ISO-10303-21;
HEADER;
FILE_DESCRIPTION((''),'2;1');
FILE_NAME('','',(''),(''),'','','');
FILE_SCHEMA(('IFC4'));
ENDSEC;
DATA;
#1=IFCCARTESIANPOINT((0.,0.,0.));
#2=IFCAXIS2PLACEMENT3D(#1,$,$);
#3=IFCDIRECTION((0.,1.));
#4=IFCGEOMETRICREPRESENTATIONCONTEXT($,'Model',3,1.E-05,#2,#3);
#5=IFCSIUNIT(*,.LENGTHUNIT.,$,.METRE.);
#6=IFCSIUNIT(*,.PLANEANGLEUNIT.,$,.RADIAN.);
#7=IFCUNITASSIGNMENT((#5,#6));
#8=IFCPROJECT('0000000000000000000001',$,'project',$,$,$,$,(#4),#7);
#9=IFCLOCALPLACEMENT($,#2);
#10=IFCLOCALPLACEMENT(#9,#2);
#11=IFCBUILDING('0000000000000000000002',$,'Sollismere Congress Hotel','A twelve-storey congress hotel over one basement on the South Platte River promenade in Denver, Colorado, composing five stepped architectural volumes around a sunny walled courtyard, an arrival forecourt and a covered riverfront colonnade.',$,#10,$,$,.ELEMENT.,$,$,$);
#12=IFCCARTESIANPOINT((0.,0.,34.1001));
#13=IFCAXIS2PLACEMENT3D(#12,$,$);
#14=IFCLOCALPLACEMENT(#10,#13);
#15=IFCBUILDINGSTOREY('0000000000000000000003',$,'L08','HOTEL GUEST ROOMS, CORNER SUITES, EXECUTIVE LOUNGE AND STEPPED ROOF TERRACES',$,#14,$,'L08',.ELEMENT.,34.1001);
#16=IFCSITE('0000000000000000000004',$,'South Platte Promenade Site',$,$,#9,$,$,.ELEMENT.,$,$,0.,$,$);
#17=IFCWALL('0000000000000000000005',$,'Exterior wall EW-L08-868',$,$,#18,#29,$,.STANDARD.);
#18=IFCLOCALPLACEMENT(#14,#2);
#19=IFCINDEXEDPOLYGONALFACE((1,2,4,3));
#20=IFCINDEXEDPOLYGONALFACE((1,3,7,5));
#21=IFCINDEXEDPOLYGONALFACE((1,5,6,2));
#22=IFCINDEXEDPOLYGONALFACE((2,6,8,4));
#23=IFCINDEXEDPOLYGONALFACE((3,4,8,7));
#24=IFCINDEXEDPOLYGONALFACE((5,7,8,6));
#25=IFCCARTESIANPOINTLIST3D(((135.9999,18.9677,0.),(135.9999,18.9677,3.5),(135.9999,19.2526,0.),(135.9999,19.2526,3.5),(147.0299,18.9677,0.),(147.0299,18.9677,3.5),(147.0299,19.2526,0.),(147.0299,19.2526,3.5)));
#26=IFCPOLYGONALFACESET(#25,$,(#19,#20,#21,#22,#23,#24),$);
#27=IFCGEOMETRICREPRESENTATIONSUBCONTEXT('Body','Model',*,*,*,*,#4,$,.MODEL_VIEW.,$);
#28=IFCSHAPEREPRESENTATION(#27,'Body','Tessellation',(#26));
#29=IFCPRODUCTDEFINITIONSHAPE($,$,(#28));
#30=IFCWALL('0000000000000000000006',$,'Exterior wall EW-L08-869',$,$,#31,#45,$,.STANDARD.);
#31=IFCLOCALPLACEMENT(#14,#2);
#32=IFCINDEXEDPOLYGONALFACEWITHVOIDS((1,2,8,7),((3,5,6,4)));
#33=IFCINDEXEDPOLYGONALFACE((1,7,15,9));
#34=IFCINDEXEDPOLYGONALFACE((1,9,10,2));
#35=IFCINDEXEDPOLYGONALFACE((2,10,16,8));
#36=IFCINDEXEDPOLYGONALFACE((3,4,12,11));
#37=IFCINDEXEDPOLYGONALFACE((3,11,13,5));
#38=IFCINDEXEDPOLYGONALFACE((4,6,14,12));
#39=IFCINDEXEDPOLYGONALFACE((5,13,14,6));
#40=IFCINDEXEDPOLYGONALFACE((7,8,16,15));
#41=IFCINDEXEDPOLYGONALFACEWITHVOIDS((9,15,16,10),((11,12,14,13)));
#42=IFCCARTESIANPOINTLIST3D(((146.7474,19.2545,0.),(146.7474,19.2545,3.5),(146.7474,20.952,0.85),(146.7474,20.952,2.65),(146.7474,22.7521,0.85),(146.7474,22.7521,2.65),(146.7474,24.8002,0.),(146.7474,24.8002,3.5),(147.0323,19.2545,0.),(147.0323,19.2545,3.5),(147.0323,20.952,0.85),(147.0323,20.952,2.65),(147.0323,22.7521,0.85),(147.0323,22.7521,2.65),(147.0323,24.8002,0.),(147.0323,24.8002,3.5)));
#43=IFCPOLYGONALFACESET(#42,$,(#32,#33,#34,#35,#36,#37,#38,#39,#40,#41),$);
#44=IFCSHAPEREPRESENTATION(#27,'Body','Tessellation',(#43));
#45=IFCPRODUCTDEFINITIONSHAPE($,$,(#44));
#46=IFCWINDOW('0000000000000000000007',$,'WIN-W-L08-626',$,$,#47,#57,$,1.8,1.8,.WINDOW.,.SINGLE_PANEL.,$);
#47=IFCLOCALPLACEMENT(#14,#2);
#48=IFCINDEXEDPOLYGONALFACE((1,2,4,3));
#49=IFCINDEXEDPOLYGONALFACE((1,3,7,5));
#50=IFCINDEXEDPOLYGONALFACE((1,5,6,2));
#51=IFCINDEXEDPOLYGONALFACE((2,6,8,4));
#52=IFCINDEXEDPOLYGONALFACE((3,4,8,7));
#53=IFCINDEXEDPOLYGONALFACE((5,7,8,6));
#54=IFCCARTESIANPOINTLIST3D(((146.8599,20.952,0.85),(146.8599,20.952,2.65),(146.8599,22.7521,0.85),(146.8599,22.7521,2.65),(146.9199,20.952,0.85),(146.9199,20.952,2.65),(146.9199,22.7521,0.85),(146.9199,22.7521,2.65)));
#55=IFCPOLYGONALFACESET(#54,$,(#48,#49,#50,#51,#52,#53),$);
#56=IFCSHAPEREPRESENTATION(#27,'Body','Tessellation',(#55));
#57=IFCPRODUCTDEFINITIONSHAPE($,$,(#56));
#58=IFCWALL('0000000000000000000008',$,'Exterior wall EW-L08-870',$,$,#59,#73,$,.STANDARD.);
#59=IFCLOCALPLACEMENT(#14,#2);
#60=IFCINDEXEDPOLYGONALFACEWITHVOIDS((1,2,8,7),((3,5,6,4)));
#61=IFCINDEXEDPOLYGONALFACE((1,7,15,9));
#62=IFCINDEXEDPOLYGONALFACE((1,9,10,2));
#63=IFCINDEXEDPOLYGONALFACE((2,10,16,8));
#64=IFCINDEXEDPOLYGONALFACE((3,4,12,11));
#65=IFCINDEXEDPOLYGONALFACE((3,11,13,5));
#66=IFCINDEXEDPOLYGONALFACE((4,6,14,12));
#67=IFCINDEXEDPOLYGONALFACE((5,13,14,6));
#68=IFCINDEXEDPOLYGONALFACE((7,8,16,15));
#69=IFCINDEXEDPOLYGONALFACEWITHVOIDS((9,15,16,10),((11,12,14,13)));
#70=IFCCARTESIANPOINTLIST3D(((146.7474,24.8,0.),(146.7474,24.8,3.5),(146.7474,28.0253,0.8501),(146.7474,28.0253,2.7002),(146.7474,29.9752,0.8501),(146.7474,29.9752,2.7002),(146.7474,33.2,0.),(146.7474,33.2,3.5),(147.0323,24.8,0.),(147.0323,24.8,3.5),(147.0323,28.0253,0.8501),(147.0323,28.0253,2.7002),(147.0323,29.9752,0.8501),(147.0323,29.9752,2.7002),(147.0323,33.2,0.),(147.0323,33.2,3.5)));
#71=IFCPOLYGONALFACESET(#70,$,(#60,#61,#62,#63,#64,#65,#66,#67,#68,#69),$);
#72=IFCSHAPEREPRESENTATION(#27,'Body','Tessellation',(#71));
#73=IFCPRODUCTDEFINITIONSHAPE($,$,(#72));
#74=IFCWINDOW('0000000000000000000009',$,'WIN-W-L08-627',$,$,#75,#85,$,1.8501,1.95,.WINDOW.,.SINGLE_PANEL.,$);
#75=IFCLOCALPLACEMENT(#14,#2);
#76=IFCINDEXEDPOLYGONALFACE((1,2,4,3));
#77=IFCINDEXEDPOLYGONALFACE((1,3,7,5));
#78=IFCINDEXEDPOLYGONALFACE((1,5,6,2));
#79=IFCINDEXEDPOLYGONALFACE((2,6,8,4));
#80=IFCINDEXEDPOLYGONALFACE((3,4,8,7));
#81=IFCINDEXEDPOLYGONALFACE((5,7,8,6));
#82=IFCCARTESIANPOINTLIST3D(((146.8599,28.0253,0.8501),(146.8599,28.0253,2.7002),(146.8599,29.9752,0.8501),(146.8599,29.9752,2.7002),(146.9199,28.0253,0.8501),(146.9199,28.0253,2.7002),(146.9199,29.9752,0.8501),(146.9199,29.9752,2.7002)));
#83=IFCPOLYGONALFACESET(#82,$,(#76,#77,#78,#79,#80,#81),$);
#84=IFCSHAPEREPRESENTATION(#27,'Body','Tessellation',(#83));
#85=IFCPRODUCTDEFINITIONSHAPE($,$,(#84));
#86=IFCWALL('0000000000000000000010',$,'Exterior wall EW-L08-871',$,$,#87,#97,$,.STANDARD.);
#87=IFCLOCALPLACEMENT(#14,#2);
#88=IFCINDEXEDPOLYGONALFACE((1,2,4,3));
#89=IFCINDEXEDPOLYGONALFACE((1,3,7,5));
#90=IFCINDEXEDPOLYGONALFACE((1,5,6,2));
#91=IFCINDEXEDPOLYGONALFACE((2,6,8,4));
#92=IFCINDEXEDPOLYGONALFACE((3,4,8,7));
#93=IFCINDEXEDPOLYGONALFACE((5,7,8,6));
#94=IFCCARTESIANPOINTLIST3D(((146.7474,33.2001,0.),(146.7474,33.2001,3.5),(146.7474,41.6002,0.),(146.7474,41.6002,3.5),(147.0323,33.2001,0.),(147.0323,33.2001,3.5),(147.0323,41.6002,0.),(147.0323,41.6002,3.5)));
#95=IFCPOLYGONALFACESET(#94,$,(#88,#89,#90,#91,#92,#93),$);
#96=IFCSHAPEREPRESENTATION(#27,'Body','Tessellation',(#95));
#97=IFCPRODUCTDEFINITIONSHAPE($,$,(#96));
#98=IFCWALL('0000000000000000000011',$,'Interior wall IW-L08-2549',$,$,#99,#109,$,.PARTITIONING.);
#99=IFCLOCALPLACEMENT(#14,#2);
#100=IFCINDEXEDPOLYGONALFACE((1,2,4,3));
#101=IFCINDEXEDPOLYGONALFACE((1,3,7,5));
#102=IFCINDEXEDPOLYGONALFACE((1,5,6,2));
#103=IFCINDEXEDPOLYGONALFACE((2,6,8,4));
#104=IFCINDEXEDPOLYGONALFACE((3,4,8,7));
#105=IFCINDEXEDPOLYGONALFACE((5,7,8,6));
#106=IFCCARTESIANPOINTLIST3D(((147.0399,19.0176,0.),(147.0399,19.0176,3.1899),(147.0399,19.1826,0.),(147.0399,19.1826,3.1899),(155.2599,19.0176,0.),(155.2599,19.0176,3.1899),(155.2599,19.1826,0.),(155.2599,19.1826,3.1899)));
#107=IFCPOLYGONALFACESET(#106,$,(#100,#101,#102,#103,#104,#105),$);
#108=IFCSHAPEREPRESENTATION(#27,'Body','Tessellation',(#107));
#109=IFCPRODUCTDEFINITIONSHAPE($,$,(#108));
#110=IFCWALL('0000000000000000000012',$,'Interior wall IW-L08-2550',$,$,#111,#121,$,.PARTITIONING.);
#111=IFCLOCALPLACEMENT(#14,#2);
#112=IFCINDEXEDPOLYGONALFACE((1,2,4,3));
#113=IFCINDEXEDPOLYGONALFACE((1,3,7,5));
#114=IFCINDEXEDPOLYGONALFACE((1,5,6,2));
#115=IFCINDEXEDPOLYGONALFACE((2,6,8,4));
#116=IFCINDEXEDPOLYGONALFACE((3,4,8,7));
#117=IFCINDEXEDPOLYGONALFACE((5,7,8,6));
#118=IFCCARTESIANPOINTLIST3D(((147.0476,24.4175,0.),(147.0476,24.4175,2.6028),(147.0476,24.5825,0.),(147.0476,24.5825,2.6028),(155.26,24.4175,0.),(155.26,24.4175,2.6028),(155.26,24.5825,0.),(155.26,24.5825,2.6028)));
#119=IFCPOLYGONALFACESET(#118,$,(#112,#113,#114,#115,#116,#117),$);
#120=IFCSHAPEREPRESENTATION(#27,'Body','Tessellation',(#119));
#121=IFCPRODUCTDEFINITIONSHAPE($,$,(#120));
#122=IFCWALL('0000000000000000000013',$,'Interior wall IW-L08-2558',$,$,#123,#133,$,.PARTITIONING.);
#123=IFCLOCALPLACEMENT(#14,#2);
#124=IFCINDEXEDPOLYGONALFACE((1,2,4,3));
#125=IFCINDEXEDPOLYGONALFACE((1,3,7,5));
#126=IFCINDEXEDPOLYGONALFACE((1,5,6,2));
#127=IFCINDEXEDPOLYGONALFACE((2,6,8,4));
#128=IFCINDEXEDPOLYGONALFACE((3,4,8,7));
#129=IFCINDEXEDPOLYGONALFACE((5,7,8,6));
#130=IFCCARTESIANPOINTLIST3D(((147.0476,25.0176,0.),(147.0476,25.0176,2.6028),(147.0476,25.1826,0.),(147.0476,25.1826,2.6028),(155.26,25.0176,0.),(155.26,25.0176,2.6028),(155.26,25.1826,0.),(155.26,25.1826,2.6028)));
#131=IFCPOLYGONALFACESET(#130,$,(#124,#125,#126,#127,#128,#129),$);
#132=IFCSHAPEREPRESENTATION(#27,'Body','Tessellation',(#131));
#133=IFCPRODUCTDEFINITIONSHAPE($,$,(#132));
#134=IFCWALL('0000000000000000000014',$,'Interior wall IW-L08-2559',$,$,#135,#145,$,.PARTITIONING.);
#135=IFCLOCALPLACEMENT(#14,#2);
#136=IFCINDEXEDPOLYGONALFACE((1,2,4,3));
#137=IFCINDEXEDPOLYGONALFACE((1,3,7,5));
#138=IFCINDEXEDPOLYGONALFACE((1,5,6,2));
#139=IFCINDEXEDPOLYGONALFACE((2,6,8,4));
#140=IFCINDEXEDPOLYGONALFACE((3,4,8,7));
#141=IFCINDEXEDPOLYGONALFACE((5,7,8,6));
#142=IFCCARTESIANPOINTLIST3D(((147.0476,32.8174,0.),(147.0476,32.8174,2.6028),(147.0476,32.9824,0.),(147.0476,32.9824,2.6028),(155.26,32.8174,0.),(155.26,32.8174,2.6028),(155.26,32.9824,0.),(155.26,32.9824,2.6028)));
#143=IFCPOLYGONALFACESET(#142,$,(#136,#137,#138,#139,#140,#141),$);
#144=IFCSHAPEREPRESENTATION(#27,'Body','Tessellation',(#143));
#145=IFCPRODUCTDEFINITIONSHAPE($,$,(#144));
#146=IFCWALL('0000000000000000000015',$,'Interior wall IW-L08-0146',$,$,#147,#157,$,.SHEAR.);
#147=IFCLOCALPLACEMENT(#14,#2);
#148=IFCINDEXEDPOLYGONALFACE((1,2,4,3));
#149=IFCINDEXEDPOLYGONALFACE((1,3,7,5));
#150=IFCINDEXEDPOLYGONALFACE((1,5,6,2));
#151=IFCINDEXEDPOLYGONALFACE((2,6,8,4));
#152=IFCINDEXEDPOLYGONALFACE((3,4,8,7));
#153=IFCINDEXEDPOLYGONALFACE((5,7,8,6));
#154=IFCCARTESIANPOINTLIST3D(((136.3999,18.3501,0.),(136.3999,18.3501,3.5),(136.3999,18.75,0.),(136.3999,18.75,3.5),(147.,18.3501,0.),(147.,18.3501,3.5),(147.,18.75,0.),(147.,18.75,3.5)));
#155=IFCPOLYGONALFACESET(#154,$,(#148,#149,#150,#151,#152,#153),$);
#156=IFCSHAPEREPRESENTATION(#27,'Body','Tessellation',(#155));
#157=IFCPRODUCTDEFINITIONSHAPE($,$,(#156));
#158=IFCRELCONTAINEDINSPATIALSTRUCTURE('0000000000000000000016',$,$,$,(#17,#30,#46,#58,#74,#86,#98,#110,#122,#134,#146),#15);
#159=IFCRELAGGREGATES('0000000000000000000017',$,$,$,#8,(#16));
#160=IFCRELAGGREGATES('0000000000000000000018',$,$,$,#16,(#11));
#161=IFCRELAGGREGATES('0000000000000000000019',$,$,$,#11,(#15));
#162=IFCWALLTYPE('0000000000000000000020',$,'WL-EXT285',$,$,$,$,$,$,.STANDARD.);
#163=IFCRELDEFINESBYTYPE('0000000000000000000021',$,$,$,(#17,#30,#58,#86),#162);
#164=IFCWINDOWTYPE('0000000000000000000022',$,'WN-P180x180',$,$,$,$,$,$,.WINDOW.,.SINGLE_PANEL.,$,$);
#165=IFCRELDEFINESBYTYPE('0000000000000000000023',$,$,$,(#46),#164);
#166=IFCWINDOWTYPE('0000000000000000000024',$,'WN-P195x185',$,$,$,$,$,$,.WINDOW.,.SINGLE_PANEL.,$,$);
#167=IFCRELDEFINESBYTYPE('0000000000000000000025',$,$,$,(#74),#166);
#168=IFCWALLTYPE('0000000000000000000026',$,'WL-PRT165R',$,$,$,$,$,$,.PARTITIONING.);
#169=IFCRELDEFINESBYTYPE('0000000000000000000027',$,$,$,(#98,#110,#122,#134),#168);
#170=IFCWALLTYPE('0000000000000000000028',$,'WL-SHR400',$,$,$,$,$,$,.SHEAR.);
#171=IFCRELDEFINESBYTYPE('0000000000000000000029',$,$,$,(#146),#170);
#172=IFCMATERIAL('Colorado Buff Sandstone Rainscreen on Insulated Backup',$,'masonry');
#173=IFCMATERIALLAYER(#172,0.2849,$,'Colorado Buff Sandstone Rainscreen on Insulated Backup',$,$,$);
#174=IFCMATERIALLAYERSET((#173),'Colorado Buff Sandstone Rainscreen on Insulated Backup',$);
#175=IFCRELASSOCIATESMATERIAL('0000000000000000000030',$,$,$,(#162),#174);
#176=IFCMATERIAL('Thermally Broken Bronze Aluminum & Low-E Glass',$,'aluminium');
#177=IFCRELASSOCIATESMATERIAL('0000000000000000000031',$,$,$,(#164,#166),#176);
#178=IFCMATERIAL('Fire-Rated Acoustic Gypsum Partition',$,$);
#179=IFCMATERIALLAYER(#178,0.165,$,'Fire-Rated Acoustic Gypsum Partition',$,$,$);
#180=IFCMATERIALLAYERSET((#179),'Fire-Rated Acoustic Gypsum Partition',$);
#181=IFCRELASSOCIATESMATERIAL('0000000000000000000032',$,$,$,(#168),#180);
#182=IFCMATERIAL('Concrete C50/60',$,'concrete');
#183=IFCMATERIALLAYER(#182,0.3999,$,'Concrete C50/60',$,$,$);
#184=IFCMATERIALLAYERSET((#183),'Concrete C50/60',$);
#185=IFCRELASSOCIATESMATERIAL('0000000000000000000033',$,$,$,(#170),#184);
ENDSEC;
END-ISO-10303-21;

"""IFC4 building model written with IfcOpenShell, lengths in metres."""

from ifc_helpers import new_model, si_unit, direction, frame, frame_2d, origin, place, context, subcontext, project, spatial, rectangle, extrude, material, layer, layer_set, type_object, element, fill, save


model = new_model("IFC4")

# Units and contexts
model_context = context("Model", 3, precision=1e-05, world=origin(), true_north=direction((0.0, 1.0)))
body_context = subcontext(model_context, "Body", "Model", "MODEL_VIEW")
ifc_project = project(units=[si_unit("LENGTHUNIT", "METRE"), si_unit("PLANEANGLEUNIT", "RADIAN")], contexts=[model_context])

# Site, building, storey
site_placement = place(None, origin())
site = spatial("IfcSite", under=ifc_project, at=site_placement, Name="South Platte Promenade Site", CompositionType="ELEMENT", RefElevation=0.0)
building_placement = place(site_placement, origin())
building = spatial("IfcBuilding", under=site, at=building_placement, Name="Sollismere Congress Hotel", Description="A twelve-storey congress hotel over one basement on the South Platte River promenade in Denver, Colorado, composing five stepped architectural volumes around a sunny walled courtyard, an arrival forecourt and a covered riverfront colonnade.", CompositionType="ELEMENT")
storey_placement = place(building_placement, frame((0.0, 0.0, 34.1001)))
storey = spatial("IfcBuildingStorey", under=building, at=storey_placement, Name="L08", Description="HOTEL GUEST ROOMS, CORNER SUITES, EXECUTIVE LOUNGE AND STEPPED ROOF TERRACES", LongName="L08", CompositionType="ELEMENT", Elevation=34.1001)

# Shared definitions
ifc_material_1 = material(Name="Colorado Buff Sandstone Rainscreen on Insulated Backup", Category="masonry")
ifc_layer_1 = layer(ifc_material_1, 0.2849, Name="Colorado Buff Sandstone Rainscreen on Insulated Backup")
ifc_layer_set_1 = layer_set([ifc_layer_1], Name="Colorado Buff Sandstone Rainscreen on Insulated Backup")
wall_type_1 = type_object("IfcWallType", Name="WL-EXT285", PredefinedType="STANDARD", material=ifc_layer_set_1)
ifc_material_2 = material(Name="Thermally Broken Bronze Aluminum & Low-E Glass", Category="aluminium")

# Wall
wall_1_placement = place(storey_placement, frame((147.03, 19.1101, 0.0), z_axis=(0.0, 0.0, 1.0), x_axis=(-1.0, 0.0, 0.0)))
element("IfcWall", 1, at=wall_1_placement, inside=storey, type_object=wall_type_1, Name="Exterior wall EW-L08-868", PredefinedType="STANDARD", context=body_context, shape_type="SweptSolid", body=[
    extrude(rectangle(XDim=11.03, YDim=0.2849, at=frame_2d((5.5151, 0.0))), origin(), (0.0, 0.0, 1.0), 3.5),
])

# Walls, openings, windows
wall_2_placement = place(storey_placement, frame((146.8899, 19.2544, 0.0), z_axis=(0.0, 0.0, 1.0), x_axis=(0.0, 1.0, 0.0)))
wall_2 = element("IfcWall", 2, at=wall_2_placement, inside=storey, type_object=wall_type_1, Name="Exterior wall EW-L08-869", PredefinedType="STANDARD", context=body_context, shape_type="SweptSolid", body=[
    extrude(rectangle(XDim=5.5457, YDim=0.2849, at=frame_2d((2.7729, 0.0))), origin(), (0.0, 0.0, 1.0), 3.5),
])
opening_1_placement = place(wall_2_placement, frame((1.6978, 0.0, 0.8501)))
opening_1 = element("IfcOpeningElement", 3, at=opening_1_placement, cuts=wall_2, PredefinedType="OPENING", context=body_context, shape_type="SweptSolid", body=[
    extrude(rectangle(XDim=1.8, YDim=1.8, at=frame_2d((0.8999, 0.8999))), frame((0.0, 0.1523, 0.0), z_axis=(0.0, -1.0, 0.0), x_axis=(1.0, 0.0, 0.0)), (0.0, 0.0, 1.0), 0.3049),
])
window_type_1 = type_object("IfcWindowType", Name="WN-P180x180", PartitioningType="SINGLE_PANEL", PredefinedType="WINDOW", material=ifc_material_2)
window_1_placement = place(opening_1_placement, origin())
window_1 = element("IfcWindow", 4, at=window_1_placement, inside=storey, type_object=window_type_1, Name="WIN-W-L08-626", OverallHeight=1.8, OverallWidth=1.8, PartitioningType="SINGLE_PANEL", PredefinedType="WINDOW", context=body_context, shape_type="SweptSolid", body=[
    extrude(rectangle(XDim=1.8, YDim=1.8, at=frame_2d((0.8999, 0.8999))), frame((0.0, 0.03, 0.0), z_axis=(0.0, -1.0, 0.0), x_axis=(1.0, 0.0, 0.0)), (0.0, 0.0, 1.0), 0.0601),
])
fill(opening_1, window_1)
wall_3_placement = place(storey_placement, frame((146.8899, 24.8, 0.0), z_axis=(0.0, 0.0, 1.0), x_axis=(0.0, 1.0, 0.0)))
wall_3 = element("IfcWall", 5, at=wall_3_placement, inside=storey, type_object=wall_type_1, Name="Exterior wall EW-L08-870", PredefinedType="STANDARD", context=body_context, shape_type="SweptSolid", body=[
    extrude(rectangle(XDim=8.3999, YDim=0.2849, at=frame_2d((4.2, 0.0))), origin(), (0.0, 0.0, 1.0), 3.5),
])
opening_2_placement = place(wall_3_placement, frame((3.2251, 0.0, 0.8501)))
opening_2 = element("IfcOpeningElement", 6, at=opening_2_placement, cuts=wall_3, PredefinedType="OPENING", context=body_context, shape_type="SweptSolid", body=[
    extrude(rectangle(XDim=1.95, YDim=1.8501, at=frame_2d((0.9751, 0.925))), frame((0.0, 0.1523, 0.0), z_axis=(0.0, -1.0, 0.0), x_axis=(1.0, 0.0, 0.0)), (0.0, 0.0, 1.0), 0.3049),
])
window_type_2 = type_object("IfcWindowType", Name="WN-P195x185", PartitioningType="SINGLE_PANEL", PredefinedType="WINDOW", material=ifc_material_2)
window_2_placement = place(opening_2_placement, origin())
window_2 = element("IfcWindow", 7, at=window_2_placement, inside=storey, type_object=window_type_2, Name="WIN-W-L08-627", OverallHeight=1.8501, OverallWidth=1.95, PartitioningType="SINGLE_PANEL", PredefinedType="WINDOW", context=body_context, shape_type="SweptSolid", body=[
    extrude(rectangle(XDim=1.95, YDim=1.8501, at=frame_2d((0.9751, 0.925))), frame((0.0, 0.03, 0.0), z_axis=(0.0, -1.0, 0.0), x_axis=(1.0, 0.0, 0.0)), (0.0, 0.0, 1.0), 0.0601),
])
fill(opening_2, window_2)

# Walls
wall_4_placement = place(storey_placement, frame((146.8899, 33.2, 0.0), z_axis=(0.0, 0.0, 1.0), x_axis=(0.0, 1.0, 0.0)))
element("IfcWall", 8, at=wall_4_placement, inside=storey, type_object=wall_type_1, Name="Exterior wall EW-L08-871", PredefinedType="STANDARD", context=body_context, shape_type="SweptSolid", body=[
    extrude(rectangle(XDim=8.4001, YDim=0.2849, at=frame_2d((4.2002, 0.0))), origin(), (0.0, 0.0, 1.0), 3.5),
])
ifc_material_3 = material(Name="Fire-Rated Acoustic Gypsum Partition")
ifc_layer_2 = layer(ifc_material_3, 0.165, Name="Fire-Rated Acoustic Gypsum Partition")
ifc_layer_set_2 = layer_set([ifc_layer_2], Name="Fire-Rated Acoustic Gypsum Partition")
wall_type_2 = type_object("IfcWallType", Name="WL-PRT165R", PredefinedType="PARTITIONING", material=ifc_layer_set_2)
wall_5_placement = place(storey_placement, frame((147.04, 19.1001, 0.0), z_axis=(0.0, 0.0, 1.0), x_axis=(1.0, 0.0, 0.0)))
element("IfcWall", 9, at=wall_5_placement, inside=storey, type_object=wall_type_2, Name="Interior wall IW-L08-2549", PredefinedType="PARTITIONING", context=body_context, shape_type="SweptSolid", body=[
    extrude(rectangle(XDim=8.22, YDim=0.165, at=frame_2d((4.1099, 0.0))), origin(), (0.0, 0.0, 1.0), 3.1899),
])
for number, where, z_axis, x_axis, name in (
    (10, (147.0476, 24.5, 0.0), (0.0, 0.0, 1.0), (1.0, 0.0, 0.0), "Interior wall IW-L08-2550"),
    (11, (147.0476, 25.1001, 0.0), (0.0, 0.0, 1.0), (1.0, 0.0, 0.0), "Interior wall IW-L08-2558"),
    (12, (147.0476, 32.8999, 0.0), (0.0, 0.0, 1.0), (1.0, 0.0, 0.0), "Interior wall IW-L08-2559"),
):
    element("IfcWall", number, at=place(storey_placement, frame(where, z_axis=z_axis, x_axis=x_axis)), inside=storey, type_object=wall_type_2, Name=name, PredefinedType="PARTITIONING", context=body_context, shape_type="SweptSolid", body=[
        extrude(rectangle(XDim=8.2124, YDim=0.165, at=frame_2d((4.1062, 0.0))), origin(), (0.0, 0.0, 1.0), 2.6028),
    ])
ifc_material_4 = material(Name="Concrete C50/60", Category="concrete")
ifc_layer_3 = layer(ifc_material_4, 0.3999, Name="Concrete C50/60")
ifc_layer_set_3 = layer_set([ifc_layer_3], Name="Concrete C50/60")
wall_type_3 = type_object("IfcWallType", Name="WL-SHR400", PredefinedType="SHEAR", material=ifc_layer_set_3)
wall_6_placement = place(storey_placement, frame((147.0, 18.55, 0.0), z_axis=(0.0, 0.0, 1.0), x_axis=(-1.0, 0.0, 0.0)))
element("IfcWall", 13, at=wall_6_placement, inside=storey, type_object=wall_type_3, Name="Interior wall IW-L08-0146", PredefinedType="SHEAR", context=body_context, shape_type="SweptSolid", body=[
    extrude(rectangle(XDim=10.6001, YDim=0.3999, at=frame_2d((5.3, 0.0))), origin(), (0.0, 0.0, 1.0), 3.5),
])

save(model, "model.ifc")
